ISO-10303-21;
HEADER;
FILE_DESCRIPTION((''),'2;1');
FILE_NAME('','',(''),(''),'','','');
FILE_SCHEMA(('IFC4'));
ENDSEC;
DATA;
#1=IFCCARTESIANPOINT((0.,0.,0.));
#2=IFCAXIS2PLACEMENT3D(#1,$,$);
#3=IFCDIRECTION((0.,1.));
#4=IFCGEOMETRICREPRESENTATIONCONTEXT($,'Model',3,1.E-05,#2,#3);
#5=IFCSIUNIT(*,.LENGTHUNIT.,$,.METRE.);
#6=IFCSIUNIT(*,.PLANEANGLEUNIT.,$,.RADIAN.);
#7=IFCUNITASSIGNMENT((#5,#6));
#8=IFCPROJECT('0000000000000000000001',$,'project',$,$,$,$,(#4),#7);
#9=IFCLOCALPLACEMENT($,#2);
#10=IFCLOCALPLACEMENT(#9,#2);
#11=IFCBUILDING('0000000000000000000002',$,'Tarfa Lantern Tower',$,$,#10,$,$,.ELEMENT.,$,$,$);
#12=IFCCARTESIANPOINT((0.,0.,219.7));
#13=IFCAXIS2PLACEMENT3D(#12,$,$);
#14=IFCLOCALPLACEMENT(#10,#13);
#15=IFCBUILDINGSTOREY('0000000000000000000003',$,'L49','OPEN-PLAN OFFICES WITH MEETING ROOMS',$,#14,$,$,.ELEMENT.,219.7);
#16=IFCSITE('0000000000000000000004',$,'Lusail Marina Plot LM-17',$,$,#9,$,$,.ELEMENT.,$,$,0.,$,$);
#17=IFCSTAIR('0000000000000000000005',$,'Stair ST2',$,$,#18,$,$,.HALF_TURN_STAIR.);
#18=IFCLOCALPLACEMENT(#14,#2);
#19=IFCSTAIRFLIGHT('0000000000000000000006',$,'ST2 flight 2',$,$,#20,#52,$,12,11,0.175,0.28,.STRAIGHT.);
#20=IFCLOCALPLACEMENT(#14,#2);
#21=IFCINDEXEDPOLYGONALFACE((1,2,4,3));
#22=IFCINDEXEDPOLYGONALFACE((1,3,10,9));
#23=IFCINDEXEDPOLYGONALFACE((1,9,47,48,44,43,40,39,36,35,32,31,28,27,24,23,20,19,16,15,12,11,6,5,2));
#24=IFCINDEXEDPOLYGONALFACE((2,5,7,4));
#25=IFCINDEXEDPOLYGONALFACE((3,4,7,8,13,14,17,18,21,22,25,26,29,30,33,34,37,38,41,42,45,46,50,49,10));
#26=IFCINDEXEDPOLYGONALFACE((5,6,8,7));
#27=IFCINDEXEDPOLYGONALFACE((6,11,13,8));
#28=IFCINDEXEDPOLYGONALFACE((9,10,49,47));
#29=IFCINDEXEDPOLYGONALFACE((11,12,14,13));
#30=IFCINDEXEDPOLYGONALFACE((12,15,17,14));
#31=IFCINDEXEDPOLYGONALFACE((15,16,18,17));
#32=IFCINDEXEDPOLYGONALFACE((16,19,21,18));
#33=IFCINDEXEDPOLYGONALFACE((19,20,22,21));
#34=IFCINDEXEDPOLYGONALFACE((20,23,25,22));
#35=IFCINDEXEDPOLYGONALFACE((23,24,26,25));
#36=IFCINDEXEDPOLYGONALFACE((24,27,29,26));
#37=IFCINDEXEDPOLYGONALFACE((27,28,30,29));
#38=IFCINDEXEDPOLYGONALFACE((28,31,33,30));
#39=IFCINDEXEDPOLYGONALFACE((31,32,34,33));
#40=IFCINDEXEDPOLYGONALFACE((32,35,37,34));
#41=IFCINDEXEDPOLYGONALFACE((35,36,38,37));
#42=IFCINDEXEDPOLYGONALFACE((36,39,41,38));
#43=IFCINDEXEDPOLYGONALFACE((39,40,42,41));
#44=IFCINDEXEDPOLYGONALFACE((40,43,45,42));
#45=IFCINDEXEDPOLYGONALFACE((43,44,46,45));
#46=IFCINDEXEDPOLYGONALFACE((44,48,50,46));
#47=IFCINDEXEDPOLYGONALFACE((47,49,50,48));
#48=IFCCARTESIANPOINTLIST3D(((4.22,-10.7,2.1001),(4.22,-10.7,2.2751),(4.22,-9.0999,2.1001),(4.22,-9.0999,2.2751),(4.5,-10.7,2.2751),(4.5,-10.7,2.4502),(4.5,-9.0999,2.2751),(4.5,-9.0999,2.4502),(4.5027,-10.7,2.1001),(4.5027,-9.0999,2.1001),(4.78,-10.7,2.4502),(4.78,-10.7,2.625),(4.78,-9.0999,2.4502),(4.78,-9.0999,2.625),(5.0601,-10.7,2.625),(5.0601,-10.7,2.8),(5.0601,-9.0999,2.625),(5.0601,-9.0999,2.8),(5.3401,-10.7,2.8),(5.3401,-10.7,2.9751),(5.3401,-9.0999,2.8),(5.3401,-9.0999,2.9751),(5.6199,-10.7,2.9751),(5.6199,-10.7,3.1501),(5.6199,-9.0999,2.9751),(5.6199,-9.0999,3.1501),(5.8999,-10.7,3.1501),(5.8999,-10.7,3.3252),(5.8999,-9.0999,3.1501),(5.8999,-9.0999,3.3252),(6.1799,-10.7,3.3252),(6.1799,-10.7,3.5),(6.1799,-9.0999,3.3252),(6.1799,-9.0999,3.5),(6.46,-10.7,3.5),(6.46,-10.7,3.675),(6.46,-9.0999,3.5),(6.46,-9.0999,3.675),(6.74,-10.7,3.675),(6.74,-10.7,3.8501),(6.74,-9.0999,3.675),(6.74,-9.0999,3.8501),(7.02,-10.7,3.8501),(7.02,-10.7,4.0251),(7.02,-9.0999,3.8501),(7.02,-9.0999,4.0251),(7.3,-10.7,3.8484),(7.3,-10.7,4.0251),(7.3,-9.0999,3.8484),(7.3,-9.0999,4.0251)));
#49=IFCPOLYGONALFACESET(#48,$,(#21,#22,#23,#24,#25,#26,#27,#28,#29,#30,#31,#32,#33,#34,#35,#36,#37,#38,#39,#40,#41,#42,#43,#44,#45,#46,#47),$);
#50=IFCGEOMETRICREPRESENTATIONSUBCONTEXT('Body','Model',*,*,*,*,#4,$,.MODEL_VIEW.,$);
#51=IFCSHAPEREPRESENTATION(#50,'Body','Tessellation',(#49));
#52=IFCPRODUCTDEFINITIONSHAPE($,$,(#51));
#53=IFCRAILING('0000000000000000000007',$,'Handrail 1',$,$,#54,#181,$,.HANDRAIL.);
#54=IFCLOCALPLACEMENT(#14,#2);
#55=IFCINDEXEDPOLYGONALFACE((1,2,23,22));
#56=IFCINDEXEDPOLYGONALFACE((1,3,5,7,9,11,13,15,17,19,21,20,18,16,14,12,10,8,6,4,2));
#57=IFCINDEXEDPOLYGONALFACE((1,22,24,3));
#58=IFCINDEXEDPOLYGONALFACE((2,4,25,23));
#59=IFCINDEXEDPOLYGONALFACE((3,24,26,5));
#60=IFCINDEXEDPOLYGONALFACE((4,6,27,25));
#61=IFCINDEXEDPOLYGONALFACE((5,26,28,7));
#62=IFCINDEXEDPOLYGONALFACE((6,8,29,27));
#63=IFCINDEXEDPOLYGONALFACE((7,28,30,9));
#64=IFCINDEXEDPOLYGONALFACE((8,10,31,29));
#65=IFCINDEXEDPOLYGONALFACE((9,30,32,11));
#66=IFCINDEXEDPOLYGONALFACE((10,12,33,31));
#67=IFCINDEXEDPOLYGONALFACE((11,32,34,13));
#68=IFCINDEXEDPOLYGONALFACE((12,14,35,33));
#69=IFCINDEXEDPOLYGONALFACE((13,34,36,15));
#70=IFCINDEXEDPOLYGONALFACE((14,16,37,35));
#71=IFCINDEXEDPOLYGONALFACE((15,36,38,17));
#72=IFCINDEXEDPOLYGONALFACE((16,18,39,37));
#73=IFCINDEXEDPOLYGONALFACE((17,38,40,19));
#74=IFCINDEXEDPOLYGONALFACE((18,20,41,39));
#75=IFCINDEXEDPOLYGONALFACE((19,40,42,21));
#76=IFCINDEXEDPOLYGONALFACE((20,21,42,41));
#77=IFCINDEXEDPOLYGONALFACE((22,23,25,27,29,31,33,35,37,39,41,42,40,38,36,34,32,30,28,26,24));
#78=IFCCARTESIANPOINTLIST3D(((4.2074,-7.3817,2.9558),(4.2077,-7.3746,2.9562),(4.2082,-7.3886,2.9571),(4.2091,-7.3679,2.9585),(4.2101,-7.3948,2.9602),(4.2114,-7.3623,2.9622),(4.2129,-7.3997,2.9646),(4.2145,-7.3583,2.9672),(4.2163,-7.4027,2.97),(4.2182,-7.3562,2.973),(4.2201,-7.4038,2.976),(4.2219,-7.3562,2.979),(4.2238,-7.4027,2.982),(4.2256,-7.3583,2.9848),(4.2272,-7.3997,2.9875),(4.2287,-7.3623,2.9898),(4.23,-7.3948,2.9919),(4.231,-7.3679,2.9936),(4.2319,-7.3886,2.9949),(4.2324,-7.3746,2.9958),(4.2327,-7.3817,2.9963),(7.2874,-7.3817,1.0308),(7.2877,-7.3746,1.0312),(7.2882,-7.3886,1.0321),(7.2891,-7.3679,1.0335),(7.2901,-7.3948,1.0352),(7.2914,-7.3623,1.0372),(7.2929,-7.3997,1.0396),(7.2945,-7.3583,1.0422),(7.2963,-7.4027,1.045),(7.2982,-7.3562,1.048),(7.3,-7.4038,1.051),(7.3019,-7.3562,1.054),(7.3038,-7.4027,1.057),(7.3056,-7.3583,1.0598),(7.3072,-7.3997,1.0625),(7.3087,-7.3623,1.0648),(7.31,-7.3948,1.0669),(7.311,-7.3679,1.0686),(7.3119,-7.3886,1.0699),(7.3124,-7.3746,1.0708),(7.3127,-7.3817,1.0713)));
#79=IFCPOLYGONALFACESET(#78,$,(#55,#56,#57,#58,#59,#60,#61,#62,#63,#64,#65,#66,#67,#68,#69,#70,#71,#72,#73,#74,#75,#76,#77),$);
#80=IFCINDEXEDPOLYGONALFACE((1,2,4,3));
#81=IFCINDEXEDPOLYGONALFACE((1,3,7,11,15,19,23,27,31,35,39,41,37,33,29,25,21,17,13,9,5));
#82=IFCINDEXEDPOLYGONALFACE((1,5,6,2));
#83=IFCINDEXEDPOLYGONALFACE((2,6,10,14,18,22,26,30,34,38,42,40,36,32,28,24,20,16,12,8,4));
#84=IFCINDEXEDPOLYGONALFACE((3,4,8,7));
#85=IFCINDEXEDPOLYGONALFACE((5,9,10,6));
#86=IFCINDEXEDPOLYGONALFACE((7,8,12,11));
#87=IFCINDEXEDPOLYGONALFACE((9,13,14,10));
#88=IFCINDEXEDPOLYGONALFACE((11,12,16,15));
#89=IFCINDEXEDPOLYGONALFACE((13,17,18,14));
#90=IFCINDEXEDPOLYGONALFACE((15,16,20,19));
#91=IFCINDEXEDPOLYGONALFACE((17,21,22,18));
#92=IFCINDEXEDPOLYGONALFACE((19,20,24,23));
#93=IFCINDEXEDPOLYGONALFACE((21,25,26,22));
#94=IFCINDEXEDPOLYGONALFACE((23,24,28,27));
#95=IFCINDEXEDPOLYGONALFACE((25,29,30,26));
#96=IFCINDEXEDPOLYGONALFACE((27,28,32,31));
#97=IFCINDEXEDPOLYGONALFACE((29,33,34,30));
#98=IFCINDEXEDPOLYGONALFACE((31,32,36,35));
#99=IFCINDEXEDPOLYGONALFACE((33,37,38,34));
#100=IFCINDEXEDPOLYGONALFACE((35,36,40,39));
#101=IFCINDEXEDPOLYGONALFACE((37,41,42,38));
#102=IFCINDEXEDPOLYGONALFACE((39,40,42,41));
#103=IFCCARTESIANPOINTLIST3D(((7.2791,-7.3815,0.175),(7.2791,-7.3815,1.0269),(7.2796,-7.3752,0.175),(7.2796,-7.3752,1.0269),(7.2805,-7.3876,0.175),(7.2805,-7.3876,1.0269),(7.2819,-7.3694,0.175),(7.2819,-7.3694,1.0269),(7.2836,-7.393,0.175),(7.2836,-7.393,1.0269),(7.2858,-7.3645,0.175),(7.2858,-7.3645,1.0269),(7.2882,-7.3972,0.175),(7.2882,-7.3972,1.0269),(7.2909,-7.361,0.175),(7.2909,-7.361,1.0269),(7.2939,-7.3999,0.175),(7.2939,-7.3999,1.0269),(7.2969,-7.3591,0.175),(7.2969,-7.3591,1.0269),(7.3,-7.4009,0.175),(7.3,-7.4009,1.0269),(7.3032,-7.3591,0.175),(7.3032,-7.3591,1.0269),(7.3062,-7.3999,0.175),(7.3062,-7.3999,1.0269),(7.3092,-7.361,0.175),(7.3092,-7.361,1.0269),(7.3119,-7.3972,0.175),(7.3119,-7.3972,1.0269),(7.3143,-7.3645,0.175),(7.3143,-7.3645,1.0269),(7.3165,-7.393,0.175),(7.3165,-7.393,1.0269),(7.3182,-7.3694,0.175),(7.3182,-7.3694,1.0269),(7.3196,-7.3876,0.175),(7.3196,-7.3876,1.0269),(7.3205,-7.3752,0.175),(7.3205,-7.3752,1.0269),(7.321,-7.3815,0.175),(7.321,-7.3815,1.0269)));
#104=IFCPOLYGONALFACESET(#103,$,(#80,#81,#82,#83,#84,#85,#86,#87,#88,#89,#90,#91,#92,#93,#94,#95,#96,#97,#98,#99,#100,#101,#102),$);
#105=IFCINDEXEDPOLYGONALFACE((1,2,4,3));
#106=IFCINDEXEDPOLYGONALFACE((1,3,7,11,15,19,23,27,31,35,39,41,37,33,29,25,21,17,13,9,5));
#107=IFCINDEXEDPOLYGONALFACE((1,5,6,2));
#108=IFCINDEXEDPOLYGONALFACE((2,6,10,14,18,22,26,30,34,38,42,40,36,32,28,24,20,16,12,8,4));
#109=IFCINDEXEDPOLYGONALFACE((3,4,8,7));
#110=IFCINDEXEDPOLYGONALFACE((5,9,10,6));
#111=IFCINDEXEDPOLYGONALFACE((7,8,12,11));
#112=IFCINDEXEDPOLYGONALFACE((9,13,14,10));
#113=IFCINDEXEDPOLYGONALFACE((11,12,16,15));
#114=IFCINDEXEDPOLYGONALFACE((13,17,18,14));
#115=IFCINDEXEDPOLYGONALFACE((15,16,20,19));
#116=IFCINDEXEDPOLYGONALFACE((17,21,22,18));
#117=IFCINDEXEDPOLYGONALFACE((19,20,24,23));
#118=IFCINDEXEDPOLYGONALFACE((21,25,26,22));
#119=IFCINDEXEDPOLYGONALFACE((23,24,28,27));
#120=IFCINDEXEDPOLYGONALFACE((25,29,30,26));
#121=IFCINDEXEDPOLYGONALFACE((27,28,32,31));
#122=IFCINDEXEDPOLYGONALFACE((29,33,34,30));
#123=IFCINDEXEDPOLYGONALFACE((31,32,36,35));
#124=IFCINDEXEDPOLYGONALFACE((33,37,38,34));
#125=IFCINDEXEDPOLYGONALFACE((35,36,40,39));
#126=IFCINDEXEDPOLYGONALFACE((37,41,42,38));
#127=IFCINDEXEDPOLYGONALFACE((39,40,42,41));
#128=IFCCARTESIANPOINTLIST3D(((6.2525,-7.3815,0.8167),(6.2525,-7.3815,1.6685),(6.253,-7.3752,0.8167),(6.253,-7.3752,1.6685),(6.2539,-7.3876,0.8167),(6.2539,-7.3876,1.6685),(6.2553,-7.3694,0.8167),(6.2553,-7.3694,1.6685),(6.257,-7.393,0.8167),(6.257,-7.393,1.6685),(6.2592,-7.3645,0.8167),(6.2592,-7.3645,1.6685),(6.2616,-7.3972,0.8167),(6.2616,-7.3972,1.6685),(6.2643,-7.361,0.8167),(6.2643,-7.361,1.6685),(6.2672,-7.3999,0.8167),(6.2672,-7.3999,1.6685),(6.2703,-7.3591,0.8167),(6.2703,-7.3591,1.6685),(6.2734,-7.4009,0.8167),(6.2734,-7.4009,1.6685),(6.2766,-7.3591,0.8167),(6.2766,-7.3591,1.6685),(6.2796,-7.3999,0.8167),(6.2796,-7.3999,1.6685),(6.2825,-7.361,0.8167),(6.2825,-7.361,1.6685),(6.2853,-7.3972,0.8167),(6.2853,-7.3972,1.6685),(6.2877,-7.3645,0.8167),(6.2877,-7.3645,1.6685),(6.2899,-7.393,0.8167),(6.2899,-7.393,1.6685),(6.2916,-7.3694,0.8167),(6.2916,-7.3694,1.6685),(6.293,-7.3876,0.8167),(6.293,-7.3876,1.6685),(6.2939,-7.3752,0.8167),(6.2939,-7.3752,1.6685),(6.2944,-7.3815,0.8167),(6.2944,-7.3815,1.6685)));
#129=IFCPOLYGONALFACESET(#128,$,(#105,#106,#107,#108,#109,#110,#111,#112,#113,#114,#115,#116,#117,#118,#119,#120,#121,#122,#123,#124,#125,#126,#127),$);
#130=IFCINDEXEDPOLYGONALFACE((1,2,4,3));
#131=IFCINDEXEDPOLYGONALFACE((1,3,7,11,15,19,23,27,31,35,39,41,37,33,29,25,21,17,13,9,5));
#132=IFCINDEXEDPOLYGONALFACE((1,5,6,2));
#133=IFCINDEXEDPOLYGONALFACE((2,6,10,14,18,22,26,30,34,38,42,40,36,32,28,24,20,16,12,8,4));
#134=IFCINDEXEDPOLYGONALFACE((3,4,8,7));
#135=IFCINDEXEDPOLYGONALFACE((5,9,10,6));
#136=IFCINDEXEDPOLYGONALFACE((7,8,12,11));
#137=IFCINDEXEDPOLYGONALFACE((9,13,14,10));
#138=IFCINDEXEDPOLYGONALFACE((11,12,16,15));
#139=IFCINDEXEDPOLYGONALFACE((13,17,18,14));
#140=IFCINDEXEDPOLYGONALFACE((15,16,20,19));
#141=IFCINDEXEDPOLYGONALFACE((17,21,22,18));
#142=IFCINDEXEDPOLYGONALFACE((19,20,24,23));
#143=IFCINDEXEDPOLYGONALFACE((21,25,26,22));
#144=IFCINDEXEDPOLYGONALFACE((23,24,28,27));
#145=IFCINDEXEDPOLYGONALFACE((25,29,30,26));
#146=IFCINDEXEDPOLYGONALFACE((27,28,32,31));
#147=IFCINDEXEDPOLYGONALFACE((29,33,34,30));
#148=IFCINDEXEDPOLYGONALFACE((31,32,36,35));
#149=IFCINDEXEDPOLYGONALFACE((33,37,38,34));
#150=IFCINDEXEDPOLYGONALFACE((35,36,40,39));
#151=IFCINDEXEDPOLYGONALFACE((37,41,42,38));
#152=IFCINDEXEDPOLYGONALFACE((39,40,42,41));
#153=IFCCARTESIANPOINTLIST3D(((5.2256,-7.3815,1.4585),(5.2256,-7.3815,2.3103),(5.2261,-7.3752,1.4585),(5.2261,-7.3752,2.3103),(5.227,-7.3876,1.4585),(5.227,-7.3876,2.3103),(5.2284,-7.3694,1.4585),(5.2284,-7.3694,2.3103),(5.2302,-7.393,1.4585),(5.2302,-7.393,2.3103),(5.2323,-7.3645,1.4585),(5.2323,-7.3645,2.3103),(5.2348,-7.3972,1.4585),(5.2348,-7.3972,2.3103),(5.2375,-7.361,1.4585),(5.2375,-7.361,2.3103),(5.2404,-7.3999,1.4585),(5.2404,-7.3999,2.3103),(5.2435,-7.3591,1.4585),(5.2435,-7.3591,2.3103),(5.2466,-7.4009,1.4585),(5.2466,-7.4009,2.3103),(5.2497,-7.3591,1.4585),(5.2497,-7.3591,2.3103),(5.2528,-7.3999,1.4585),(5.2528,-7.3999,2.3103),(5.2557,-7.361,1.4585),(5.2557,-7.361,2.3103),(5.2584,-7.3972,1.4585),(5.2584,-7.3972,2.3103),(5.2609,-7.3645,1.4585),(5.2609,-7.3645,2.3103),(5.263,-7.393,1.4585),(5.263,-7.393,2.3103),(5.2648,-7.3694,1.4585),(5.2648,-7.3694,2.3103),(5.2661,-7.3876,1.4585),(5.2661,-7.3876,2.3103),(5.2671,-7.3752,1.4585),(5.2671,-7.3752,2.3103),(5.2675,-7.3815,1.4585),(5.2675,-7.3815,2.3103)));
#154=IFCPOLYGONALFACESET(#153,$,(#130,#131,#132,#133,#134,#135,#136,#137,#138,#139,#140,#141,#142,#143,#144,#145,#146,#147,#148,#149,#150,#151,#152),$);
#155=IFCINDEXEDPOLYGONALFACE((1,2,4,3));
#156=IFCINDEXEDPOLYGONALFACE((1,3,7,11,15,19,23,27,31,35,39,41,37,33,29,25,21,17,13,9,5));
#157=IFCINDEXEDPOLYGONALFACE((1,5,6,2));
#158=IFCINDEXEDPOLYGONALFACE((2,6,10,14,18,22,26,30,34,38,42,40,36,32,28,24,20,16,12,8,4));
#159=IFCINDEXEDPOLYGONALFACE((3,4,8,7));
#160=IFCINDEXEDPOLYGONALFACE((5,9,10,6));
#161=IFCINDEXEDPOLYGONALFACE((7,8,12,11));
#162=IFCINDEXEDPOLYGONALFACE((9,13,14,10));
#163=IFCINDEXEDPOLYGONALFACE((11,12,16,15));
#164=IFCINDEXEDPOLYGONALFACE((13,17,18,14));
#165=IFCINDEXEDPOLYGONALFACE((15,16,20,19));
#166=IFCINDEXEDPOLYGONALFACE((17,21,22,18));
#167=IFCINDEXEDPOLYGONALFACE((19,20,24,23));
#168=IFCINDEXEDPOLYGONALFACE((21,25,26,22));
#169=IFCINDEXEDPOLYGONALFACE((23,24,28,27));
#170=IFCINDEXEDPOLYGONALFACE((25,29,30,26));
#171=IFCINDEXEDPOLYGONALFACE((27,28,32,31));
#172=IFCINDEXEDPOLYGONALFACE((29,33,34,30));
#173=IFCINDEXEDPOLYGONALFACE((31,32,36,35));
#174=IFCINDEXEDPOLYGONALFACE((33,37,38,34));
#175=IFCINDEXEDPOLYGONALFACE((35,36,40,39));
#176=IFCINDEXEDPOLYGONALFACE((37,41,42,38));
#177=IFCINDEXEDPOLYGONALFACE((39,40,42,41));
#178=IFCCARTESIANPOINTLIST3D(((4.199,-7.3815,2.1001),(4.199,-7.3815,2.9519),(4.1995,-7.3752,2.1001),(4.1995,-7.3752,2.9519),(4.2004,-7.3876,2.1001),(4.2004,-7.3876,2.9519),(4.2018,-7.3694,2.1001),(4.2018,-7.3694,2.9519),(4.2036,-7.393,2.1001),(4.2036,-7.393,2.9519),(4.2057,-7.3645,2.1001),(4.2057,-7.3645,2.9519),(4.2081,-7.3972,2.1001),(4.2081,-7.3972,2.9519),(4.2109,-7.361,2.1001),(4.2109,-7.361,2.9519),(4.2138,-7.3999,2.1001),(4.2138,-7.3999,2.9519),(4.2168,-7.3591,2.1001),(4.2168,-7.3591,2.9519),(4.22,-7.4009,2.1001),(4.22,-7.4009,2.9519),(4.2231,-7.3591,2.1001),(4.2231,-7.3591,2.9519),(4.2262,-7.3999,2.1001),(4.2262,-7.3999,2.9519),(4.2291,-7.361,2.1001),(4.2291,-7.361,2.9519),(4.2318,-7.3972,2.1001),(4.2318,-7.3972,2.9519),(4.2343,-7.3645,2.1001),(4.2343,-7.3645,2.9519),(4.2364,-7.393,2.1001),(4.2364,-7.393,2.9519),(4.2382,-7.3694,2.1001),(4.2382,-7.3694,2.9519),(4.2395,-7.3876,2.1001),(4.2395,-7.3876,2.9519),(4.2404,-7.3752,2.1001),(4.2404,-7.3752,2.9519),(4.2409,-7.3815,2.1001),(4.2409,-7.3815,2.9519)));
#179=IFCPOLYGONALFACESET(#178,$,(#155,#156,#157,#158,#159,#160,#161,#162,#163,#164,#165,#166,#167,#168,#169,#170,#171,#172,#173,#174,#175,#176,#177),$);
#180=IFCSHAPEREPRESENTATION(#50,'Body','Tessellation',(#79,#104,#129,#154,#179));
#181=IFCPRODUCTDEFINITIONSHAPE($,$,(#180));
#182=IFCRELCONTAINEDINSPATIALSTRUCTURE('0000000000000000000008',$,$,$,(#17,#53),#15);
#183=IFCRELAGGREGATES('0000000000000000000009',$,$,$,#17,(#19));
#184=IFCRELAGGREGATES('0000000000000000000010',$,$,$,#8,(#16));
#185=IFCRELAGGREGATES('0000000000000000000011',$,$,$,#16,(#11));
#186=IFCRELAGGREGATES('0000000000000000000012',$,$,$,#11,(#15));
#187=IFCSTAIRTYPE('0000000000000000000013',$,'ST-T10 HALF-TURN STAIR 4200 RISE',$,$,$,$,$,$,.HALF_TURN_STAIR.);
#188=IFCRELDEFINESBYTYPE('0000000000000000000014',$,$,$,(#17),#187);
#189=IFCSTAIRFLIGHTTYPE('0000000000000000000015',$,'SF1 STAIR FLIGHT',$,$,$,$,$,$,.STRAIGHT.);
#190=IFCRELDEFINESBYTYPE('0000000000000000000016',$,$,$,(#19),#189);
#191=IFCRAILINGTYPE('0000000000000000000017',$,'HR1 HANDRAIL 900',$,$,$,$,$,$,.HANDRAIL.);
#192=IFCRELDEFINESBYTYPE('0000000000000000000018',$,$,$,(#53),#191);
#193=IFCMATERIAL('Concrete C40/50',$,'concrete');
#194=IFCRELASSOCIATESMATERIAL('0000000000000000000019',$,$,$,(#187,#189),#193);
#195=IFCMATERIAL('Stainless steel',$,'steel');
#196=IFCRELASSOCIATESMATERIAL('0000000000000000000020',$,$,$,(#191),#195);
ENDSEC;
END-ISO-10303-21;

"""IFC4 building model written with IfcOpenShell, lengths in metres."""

from ifc_helpers import new_model, si_unit, direction, frame, origin, origin_2d, place, context, subcontext, project, spatial, polyline, circle, outline, extrude, material, type_object, element, aggregate, save


model = new_model("IFC4")

# Units and contexts
model_context = context("Model", 3, precision=1e-05, world=origin(), true_north=direction((0.0, 1.0)))
body_context = subcontext(model_context, "Body", "Model", "MODEL_VIEW")
ifc_project = project(units=[si_unit("LENGTHUNIT", "METRE"), si_unit("PLANEANGLEUNIT", "RADIAN")], contexts=[model_context])

# Site, building, storey
site_placement = place(None, origin())
site = spatial("IfcSite", under=ifc_project, at=site_placement, Name="Lusail Marina Plot LM-17", CompositionType="ELEMENT", RefElevation=0.0)
building_placement = place(site_placement, origin())
building = spatial("IfcBuilding", under=site, at=building_placement, Name="Tarfa Lantern Tower", CompositionType="ELEMENT")
storey_placement = place(building_placement, frame((0.0, 0.0, 219.7)))
storey = spatial("IfcBuildingStorey", under=building, at=storey_placement, Name="L49", Description="OPEN-PLAN OFFICES WITH MEETING ROOMS", CompositionType="ELEMENT", Elevation=219.7)

# Stair, stair flight
ifc_material_1 = material(Name="Concrete C40/50", Category="concrete")
stair_type = type_object("IfcStairType", Name="ST-T10 HALF-TURN STAIR 4200 RISE", PredefinedType="HALF_TURN_STAIR", material=ifc_material_1)
stair_placement = place(storey_placement, origin())
stair = element("IfcStair", 1, at=stair_placement, inside=storey, type_object=stair_type, Name="Stair ST2", PredefinedType="HALF_TURN_STAIR")
stair_flight_type = type_object("IfcStairFlightType", Name="SF1 STAIR FLIGHT", PredefinedType="STRAIGHT", material=ifc_material_1)
stair_flight_1_placement = place(storey_placement, frame((4.22, -9.8999, 2.1001), z_axis=(0.0, 0.0, 1.0), x_axis=(1.0, 0.0, 0.0)))
stair_flight_1 = element("IfcStairFlight", 2, at=stair_flight_1_placement, type_object=stair_flight_type, Name="ST2 flight 2", NumberOfRisers=12, NumberOfTreads=11, PredefinedType="STRAIGHT", RiserHeight=0.175, TreadLength=0.28, context=body_context, shape_type="SweptSolid", body=[
    extrude(outline(polyline([(0.0, 0.0), (0.0, 0.175), (0.28, 0.175), (0.28, 0.3501), (0.5601, 0.3501), (0.5601, 0.5249), (0.8401, 0.5249), (0.8401, 0.7), (1.1201, 0.7), (1.1201, 0.875), (1.3999, 0.875), (1.3999, 1.05), (1.6799, 1.05), (1.6799, 1.2251), (1.96, 1.2251), (1.96, 1.3999), (2.24, 1.3999), (2.24, 1.575), (2.52, 1.575), (2.52, 1.75), (2.8, 1.75), (2.8, 1.925), (3.0801, 1.925), (3.0801, 2.1001), (3.0801, 1.7483), (0.2827, 0.0), (0.0, 0.0)])), frame((0.0, 0.8, 0.0), z_axis=(0.0, -1.0, 0.0), x_axis=(1.0, 0.0, 0.0)), (0.0, 0.0, 1.0), 1.6001),
])
aggregate(stair, [stair_flight_1])

# Railing
ifc_material_2 = material(Name="Stainless steel", Category="steel")
railing_type = type_object("IfcRailingType", Name="HR1 HANDRAIL 900", PredefinedType="HANDRAIL", material=ifc_material_2)
railing_1_placement = place(storey_placement, frame((7.3, -7.3799, 0.175)))
element("IfcRailing", 3, at=railing_1_placement, inside=storey, type_object=railing_type, Name="Handrail 1", PredefinedType="HANDRAIL", context=body_context, shape_type="SweptSolid", body=[
    extrude(circle(Radius=0.0239, at=origin_2d()), frame((0.0, 0.0, 0.876), z_axis=(-0.847998, 0.0, 0.529999), x_axis=(0.0, -1.0, 0.0)), (0.0, 0.0, 1.0), 3.6321),
    extrude(circle(Radius=0.021, at=origin_2d()), frame((0.0, 0.0, 0.0), z_axis=(0.0, 0.0, 1.0), x_axis=(0.0, -1.0, 0.0)), (0.0, 0.0, 1.0), 0.8518),
    extrude(circle(Radius=0.021, at=origin_2d()), frame((-1.0266, 0.0, 0.6416), z_axis=(0.0, 0.0, 1.0), x_axis=(0.0, -1.0, 0.0)), (0.0, 0.0, 1.0), 0.8518),
    extrude(circle(Radius=0.021, at=origin_2d()), frame((-2.0535, 0.0, 1.2834), z_axis=(0.0, 0.0, 1.0), x_axis=(0.0, -1.0, 0.0)), (0.0, 0.0, 1.0), 0.8518),
    extrude(circle(Radius=0.021, at=origin_2d()), frame((-3.0801, 0.0, 1.925), z_axis=(0.0, 0.0, 1.0), x_axis=(0.0, -1.0, 0.0)), (0.0, 0.0, 1.0), 0.8518),
])

save(model, "model.ifc")
